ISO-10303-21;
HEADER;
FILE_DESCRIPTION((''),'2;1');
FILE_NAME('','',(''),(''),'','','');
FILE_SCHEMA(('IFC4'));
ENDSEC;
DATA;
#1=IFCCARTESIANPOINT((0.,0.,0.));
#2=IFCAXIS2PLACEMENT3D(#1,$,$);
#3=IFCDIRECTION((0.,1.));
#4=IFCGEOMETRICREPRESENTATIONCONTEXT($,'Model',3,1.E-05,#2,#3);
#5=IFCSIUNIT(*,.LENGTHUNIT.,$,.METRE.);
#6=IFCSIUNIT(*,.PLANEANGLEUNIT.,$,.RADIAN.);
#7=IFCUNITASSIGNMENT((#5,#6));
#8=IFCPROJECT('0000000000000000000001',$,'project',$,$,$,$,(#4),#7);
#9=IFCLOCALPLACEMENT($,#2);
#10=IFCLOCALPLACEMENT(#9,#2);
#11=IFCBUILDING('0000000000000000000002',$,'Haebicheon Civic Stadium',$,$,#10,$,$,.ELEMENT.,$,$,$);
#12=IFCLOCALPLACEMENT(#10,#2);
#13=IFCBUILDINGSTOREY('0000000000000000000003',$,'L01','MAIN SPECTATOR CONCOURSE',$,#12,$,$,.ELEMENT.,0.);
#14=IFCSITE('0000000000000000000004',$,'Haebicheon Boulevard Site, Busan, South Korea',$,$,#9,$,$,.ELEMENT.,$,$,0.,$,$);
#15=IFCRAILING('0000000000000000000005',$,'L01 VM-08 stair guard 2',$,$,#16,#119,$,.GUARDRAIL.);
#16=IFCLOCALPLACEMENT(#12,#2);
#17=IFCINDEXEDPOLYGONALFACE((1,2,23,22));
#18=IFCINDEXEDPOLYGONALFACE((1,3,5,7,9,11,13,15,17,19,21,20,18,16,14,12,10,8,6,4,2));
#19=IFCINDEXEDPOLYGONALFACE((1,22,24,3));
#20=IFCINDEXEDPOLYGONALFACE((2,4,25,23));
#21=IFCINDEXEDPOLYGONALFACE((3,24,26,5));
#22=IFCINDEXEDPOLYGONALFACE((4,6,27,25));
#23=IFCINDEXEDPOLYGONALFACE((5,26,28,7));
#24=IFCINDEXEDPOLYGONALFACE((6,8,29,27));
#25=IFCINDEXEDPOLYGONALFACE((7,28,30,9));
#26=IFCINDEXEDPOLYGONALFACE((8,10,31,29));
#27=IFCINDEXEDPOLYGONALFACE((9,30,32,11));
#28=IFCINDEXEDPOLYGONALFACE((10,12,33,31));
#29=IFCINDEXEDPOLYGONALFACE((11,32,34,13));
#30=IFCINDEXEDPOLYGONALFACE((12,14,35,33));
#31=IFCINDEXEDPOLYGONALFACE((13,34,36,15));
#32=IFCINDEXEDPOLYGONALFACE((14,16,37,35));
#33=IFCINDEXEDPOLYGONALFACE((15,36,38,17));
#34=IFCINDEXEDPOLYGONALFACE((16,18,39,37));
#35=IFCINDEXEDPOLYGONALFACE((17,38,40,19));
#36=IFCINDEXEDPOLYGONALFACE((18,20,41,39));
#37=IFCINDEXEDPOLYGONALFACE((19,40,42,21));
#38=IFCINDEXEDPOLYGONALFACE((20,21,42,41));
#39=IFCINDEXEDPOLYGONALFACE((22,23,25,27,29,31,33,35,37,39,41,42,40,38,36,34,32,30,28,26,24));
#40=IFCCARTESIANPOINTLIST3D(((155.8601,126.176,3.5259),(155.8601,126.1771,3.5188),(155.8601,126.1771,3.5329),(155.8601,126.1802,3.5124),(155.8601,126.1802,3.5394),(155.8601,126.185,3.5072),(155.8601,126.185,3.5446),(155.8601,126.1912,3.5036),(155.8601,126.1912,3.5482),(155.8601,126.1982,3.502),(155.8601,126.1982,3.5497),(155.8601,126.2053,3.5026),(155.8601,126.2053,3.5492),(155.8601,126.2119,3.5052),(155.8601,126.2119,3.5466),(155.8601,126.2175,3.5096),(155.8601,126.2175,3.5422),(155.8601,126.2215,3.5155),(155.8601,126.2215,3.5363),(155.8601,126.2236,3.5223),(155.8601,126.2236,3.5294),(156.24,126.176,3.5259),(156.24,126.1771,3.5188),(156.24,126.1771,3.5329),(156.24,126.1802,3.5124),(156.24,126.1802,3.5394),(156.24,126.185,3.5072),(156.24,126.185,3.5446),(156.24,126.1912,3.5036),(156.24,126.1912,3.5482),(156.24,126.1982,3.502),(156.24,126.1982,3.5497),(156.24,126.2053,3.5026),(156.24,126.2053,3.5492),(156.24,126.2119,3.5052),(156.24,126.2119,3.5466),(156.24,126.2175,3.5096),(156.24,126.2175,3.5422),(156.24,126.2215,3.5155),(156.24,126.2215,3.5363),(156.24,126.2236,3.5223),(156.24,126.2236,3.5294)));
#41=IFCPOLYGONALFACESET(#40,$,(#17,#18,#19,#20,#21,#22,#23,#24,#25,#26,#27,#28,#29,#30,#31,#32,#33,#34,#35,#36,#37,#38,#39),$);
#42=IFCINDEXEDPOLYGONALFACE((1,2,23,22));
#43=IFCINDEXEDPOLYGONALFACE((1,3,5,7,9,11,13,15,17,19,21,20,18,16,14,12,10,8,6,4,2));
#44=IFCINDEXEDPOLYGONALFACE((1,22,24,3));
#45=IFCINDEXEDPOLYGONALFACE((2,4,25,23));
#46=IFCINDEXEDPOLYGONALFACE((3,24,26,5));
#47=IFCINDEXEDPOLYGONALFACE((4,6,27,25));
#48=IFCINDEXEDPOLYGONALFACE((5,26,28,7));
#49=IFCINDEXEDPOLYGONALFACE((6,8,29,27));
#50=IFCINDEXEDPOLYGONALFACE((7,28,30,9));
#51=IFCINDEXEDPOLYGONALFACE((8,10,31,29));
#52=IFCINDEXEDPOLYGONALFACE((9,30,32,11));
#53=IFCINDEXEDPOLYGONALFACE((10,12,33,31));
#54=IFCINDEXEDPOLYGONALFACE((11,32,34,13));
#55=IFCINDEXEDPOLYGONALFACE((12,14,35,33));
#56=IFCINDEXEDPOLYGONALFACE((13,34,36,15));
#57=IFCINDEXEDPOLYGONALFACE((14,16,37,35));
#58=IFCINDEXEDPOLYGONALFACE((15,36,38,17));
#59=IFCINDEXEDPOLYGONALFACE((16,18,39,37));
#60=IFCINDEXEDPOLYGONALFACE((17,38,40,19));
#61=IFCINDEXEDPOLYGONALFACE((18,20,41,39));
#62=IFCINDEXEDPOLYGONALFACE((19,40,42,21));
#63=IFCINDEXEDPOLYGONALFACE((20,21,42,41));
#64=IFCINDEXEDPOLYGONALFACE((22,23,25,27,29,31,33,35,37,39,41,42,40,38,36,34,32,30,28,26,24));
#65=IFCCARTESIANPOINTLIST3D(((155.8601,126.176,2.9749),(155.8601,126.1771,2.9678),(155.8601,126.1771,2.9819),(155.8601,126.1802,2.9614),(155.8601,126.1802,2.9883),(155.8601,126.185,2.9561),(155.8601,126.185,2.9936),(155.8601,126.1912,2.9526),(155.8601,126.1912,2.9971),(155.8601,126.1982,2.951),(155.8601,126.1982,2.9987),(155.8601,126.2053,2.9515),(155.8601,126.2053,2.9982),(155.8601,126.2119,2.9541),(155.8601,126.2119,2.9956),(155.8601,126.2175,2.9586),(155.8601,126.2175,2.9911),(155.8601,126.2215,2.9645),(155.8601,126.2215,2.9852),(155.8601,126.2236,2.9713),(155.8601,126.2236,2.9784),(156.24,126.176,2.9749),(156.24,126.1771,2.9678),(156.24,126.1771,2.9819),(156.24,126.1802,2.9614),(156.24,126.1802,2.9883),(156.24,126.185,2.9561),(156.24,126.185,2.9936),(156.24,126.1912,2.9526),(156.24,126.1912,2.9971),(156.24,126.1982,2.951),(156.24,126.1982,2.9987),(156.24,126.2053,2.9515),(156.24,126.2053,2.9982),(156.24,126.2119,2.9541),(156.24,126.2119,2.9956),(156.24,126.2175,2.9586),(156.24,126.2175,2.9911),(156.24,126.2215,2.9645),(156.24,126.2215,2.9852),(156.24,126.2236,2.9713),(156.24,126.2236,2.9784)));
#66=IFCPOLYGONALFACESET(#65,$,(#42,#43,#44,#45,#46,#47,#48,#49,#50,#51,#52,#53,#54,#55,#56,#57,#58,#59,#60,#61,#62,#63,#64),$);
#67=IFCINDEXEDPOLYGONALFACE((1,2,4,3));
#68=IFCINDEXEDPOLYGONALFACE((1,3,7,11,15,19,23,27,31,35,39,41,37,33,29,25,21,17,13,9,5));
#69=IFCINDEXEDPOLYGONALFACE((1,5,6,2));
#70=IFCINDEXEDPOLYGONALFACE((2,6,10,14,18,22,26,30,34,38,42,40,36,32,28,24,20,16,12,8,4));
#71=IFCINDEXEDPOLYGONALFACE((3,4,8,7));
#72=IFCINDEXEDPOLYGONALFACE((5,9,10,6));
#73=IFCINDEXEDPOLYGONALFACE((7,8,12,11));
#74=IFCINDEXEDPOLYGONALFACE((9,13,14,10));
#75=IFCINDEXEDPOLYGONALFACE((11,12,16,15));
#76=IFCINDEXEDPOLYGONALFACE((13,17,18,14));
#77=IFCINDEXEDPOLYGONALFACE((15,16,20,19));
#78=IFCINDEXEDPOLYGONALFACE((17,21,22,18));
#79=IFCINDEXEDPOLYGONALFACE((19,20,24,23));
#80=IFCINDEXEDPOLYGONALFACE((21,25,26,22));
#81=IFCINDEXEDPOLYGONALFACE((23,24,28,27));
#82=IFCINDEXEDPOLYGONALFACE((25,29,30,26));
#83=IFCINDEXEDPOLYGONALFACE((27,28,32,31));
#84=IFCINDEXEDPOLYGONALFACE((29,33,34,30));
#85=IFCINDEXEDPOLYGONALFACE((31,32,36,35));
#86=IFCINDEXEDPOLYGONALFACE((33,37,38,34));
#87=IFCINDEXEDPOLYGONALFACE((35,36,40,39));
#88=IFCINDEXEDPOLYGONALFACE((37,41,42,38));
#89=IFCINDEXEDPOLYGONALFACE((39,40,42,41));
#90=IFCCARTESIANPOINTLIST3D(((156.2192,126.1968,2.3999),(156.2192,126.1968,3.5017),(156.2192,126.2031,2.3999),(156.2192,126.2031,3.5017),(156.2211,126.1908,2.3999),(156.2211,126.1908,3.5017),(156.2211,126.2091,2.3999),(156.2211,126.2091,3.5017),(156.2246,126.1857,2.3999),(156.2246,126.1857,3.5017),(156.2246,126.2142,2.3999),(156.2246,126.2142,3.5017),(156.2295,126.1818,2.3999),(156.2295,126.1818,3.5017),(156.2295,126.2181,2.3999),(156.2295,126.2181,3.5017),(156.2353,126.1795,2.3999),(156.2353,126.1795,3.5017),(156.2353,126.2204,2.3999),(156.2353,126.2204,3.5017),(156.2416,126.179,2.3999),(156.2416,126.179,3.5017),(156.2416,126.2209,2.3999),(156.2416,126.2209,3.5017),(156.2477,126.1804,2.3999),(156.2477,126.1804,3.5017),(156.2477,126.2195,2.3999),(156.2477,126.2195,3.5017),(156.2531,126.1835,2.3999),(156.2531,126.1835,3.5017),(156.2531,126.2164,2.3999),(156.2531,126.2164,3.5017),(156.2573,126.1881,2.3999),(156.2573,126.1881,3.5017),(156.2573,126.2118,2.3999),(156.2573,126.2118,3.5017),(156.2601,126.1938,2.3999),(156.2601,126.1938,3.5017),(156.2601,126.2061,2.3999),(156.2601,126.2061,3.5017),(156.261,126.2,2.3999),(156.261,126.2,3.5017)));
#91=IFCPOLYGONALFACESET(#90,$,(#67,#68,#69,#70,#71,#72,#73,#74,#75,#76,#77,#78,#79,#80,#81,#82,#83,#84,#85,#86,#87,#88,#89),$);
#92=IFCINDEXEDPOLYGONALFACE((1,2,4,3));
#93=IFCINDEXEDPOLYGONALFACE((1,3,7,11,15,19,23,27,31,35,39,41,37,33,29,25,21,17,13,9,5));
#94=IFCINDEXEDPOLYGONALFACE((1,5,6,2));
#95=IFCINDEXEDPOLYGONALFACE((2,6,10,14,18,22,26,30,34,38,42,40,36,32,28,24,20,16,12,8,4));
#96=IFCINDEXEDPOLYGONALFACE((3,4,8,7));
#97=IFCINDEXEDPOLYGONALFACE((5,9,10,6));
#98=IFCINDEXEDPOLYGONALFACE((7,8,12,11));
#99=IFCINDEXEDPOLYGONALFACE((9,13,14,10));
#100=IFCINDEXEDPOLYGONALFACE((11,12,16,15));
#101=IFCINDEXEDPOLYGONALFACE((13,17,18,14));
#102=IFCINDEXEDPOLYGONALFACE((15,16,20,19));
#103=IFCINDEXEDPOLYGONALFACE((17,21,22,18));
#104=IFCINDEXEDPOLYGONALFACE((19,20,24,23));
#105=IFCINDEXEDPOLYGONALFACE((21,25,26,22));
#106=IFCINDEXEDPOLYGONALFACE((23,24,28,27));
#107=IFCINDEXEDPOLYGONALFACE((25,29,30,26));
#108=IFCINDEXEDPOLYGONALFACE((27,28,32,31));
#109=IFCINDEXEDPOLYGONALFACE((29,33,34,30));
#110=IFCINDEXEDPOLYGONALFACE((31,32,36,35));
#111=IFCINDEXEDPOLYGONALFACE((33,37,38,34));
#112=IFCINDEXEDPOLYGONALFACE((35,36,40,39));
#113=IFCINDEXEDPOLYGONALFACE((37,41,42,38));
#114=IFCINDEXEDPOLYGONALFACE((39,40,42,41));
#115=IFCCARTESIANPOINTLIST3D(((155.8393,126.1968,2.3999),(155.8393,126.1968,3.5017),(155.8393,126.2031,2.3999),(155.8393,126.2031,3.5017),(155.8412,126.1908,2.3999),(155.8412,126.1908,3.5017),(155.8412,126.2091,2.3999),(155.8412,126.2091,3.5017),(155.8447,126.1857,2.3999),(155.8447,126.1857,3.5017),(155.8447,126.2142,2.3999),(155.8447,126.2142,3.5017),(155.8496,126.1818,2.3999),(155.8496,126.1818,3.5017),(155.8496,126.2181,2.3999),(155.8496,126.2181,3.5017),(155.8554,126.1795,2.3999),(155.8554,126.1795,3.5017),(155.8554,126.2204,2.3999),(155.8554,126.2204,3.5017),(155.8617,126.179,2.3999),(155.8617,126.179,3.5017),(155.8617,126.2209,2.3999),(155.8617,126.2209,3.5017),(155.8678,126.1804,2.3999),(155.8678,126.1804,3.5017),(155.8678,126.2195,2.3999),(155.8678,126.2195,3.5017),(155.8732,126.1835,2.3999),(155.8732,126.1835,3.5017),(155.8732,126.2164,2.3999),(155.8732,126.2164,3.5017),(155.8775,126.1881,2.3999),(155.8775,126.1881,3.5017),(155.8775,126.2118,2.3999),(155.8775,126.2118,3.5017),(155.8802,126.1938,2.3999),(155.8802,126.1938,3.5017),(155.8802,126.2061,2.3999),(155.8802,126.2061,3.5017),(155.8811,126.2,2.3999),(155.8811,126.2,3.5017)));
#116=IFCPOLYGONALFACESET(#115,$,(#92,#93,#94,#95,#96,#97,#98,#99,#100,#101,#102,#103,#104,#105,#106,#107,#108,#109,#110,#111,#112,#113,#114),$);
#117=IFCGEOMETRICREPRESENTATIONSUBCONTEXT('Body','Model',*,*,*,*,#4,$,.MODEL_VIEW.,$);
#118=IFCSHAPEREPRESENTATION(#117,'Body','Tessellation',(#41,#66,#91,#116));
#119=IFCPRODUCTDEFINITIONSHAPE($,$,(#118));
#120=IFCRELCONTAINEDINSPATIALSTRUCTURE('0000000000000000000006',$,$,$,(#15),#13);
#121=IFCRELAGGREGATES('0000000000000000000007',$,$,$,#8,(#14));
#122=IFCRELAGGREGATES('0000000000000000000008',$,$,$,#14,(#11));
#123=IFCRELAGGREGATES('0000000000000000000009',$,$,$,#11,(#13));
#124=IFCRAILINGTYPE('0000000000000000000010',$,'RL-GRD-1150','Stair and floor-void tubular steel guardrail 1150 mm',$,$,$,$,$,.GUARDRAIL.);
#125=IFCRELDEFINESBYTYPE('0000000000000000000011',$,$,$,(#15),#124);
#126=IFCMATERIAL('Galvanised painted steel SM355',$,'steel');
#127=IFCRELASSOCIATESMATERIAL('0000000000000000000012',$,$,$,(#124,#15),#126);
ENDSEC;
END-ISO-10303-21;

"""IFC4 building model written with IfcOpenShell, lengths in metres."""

from ifc_helpers import new_model, si_unit, direction, frame, origin, origin_2d, place, context, subcontext, project, spatial, circle, extrude, material, type_object, element, save


model = new_model("IFC4")

# Units and contexts
model_context = context("Model", 3, precision=1e-05, world=origin(), true_north=direction((0.0, 1.0)))
body_context = subcontext(model_context, "Body", "Model", "MODEL_VIEW")
ifc_project = project(units=[si_unit("LENGTHUNIT", "METRE"), si_unit("PLANEANGLEUNIT", "RADIAN")], contexts=[model_context])

# Site, building, storey
site_placement = place(None, origin())
site = spatial("IfcSite", under=ifc_project, at=site_placement, Name="Haebicheon Boulevard Site, Busan, South Korea", CompositionType="ELEMENT", RefElevation=0.0)
building_placement = place(site_placement, origin())
building = spatial("IfcBuilding", under=site, at=building_placement, Name="Haebicheon Civic Stadium", CompositionType="ELEMENT")
storey_placement = place(building_placement, origin())
storey = spatial("IfcBuildingStorey", under=building, at=storey_placement, Name="L01", Description="MAIN SPECTATOR CONCOURSE", CompositionType="ELEMENT", Elevation=0.0)

# Railing
ifc_material_1 = material(Name="Galvanised painted steel SM355", Category="steel")
railing_type_1 = type_object("IfcRailingType", Name="RL-GRD-1150", Description="Stair and floor-void tubular steel guardrail 1150 mm", PredefinedType="GUARDRAIL", material=ifc_material_1)
railing_1_placement = place(storey_placement, frame((156.24, 126.2, 2.3999)))
element("IfcRailing", 1, at=railing_1_placement, inside=storey, type_object=railing_type_1, material=ifc_material_1, Name="L01 VM-08 stair guard 2", PredefinedType="GUARDRAIL", context=body_context, shape_type="SweptSolid", body=[
    extrude(circle(Radius=0.0239, at=origin_2d()), frame((0.0, 0.0, 1.126), z_axis=(-1.0, 0.0, 0.0), x_axis=(0.0, -1.0, 0.0)), (0.0, 0.0, 1.0), 0.3799),
    extrude(circle(Radius=0.0239, at=origin_2d()), frame((0.0, 0.0, 0.575), z_axis=(-1.0, 0.0, 0.0), x_axis=(0.0, -1.0, 0.0)), (0.0, 0.0, 1.0), 0.3799),
    extrude(circle(Radius=0.021, at=origin_2d()), origin(), (0.0, 0.0, 1.0), 1.1018),
    extrude(circle(Radius=0.021, at=origin_2d()), frame((-0.3799, 0.0, 0.0)), (0.0, 0.0, 1.0), 1.1018),
])

save(model, "model.ifc")
